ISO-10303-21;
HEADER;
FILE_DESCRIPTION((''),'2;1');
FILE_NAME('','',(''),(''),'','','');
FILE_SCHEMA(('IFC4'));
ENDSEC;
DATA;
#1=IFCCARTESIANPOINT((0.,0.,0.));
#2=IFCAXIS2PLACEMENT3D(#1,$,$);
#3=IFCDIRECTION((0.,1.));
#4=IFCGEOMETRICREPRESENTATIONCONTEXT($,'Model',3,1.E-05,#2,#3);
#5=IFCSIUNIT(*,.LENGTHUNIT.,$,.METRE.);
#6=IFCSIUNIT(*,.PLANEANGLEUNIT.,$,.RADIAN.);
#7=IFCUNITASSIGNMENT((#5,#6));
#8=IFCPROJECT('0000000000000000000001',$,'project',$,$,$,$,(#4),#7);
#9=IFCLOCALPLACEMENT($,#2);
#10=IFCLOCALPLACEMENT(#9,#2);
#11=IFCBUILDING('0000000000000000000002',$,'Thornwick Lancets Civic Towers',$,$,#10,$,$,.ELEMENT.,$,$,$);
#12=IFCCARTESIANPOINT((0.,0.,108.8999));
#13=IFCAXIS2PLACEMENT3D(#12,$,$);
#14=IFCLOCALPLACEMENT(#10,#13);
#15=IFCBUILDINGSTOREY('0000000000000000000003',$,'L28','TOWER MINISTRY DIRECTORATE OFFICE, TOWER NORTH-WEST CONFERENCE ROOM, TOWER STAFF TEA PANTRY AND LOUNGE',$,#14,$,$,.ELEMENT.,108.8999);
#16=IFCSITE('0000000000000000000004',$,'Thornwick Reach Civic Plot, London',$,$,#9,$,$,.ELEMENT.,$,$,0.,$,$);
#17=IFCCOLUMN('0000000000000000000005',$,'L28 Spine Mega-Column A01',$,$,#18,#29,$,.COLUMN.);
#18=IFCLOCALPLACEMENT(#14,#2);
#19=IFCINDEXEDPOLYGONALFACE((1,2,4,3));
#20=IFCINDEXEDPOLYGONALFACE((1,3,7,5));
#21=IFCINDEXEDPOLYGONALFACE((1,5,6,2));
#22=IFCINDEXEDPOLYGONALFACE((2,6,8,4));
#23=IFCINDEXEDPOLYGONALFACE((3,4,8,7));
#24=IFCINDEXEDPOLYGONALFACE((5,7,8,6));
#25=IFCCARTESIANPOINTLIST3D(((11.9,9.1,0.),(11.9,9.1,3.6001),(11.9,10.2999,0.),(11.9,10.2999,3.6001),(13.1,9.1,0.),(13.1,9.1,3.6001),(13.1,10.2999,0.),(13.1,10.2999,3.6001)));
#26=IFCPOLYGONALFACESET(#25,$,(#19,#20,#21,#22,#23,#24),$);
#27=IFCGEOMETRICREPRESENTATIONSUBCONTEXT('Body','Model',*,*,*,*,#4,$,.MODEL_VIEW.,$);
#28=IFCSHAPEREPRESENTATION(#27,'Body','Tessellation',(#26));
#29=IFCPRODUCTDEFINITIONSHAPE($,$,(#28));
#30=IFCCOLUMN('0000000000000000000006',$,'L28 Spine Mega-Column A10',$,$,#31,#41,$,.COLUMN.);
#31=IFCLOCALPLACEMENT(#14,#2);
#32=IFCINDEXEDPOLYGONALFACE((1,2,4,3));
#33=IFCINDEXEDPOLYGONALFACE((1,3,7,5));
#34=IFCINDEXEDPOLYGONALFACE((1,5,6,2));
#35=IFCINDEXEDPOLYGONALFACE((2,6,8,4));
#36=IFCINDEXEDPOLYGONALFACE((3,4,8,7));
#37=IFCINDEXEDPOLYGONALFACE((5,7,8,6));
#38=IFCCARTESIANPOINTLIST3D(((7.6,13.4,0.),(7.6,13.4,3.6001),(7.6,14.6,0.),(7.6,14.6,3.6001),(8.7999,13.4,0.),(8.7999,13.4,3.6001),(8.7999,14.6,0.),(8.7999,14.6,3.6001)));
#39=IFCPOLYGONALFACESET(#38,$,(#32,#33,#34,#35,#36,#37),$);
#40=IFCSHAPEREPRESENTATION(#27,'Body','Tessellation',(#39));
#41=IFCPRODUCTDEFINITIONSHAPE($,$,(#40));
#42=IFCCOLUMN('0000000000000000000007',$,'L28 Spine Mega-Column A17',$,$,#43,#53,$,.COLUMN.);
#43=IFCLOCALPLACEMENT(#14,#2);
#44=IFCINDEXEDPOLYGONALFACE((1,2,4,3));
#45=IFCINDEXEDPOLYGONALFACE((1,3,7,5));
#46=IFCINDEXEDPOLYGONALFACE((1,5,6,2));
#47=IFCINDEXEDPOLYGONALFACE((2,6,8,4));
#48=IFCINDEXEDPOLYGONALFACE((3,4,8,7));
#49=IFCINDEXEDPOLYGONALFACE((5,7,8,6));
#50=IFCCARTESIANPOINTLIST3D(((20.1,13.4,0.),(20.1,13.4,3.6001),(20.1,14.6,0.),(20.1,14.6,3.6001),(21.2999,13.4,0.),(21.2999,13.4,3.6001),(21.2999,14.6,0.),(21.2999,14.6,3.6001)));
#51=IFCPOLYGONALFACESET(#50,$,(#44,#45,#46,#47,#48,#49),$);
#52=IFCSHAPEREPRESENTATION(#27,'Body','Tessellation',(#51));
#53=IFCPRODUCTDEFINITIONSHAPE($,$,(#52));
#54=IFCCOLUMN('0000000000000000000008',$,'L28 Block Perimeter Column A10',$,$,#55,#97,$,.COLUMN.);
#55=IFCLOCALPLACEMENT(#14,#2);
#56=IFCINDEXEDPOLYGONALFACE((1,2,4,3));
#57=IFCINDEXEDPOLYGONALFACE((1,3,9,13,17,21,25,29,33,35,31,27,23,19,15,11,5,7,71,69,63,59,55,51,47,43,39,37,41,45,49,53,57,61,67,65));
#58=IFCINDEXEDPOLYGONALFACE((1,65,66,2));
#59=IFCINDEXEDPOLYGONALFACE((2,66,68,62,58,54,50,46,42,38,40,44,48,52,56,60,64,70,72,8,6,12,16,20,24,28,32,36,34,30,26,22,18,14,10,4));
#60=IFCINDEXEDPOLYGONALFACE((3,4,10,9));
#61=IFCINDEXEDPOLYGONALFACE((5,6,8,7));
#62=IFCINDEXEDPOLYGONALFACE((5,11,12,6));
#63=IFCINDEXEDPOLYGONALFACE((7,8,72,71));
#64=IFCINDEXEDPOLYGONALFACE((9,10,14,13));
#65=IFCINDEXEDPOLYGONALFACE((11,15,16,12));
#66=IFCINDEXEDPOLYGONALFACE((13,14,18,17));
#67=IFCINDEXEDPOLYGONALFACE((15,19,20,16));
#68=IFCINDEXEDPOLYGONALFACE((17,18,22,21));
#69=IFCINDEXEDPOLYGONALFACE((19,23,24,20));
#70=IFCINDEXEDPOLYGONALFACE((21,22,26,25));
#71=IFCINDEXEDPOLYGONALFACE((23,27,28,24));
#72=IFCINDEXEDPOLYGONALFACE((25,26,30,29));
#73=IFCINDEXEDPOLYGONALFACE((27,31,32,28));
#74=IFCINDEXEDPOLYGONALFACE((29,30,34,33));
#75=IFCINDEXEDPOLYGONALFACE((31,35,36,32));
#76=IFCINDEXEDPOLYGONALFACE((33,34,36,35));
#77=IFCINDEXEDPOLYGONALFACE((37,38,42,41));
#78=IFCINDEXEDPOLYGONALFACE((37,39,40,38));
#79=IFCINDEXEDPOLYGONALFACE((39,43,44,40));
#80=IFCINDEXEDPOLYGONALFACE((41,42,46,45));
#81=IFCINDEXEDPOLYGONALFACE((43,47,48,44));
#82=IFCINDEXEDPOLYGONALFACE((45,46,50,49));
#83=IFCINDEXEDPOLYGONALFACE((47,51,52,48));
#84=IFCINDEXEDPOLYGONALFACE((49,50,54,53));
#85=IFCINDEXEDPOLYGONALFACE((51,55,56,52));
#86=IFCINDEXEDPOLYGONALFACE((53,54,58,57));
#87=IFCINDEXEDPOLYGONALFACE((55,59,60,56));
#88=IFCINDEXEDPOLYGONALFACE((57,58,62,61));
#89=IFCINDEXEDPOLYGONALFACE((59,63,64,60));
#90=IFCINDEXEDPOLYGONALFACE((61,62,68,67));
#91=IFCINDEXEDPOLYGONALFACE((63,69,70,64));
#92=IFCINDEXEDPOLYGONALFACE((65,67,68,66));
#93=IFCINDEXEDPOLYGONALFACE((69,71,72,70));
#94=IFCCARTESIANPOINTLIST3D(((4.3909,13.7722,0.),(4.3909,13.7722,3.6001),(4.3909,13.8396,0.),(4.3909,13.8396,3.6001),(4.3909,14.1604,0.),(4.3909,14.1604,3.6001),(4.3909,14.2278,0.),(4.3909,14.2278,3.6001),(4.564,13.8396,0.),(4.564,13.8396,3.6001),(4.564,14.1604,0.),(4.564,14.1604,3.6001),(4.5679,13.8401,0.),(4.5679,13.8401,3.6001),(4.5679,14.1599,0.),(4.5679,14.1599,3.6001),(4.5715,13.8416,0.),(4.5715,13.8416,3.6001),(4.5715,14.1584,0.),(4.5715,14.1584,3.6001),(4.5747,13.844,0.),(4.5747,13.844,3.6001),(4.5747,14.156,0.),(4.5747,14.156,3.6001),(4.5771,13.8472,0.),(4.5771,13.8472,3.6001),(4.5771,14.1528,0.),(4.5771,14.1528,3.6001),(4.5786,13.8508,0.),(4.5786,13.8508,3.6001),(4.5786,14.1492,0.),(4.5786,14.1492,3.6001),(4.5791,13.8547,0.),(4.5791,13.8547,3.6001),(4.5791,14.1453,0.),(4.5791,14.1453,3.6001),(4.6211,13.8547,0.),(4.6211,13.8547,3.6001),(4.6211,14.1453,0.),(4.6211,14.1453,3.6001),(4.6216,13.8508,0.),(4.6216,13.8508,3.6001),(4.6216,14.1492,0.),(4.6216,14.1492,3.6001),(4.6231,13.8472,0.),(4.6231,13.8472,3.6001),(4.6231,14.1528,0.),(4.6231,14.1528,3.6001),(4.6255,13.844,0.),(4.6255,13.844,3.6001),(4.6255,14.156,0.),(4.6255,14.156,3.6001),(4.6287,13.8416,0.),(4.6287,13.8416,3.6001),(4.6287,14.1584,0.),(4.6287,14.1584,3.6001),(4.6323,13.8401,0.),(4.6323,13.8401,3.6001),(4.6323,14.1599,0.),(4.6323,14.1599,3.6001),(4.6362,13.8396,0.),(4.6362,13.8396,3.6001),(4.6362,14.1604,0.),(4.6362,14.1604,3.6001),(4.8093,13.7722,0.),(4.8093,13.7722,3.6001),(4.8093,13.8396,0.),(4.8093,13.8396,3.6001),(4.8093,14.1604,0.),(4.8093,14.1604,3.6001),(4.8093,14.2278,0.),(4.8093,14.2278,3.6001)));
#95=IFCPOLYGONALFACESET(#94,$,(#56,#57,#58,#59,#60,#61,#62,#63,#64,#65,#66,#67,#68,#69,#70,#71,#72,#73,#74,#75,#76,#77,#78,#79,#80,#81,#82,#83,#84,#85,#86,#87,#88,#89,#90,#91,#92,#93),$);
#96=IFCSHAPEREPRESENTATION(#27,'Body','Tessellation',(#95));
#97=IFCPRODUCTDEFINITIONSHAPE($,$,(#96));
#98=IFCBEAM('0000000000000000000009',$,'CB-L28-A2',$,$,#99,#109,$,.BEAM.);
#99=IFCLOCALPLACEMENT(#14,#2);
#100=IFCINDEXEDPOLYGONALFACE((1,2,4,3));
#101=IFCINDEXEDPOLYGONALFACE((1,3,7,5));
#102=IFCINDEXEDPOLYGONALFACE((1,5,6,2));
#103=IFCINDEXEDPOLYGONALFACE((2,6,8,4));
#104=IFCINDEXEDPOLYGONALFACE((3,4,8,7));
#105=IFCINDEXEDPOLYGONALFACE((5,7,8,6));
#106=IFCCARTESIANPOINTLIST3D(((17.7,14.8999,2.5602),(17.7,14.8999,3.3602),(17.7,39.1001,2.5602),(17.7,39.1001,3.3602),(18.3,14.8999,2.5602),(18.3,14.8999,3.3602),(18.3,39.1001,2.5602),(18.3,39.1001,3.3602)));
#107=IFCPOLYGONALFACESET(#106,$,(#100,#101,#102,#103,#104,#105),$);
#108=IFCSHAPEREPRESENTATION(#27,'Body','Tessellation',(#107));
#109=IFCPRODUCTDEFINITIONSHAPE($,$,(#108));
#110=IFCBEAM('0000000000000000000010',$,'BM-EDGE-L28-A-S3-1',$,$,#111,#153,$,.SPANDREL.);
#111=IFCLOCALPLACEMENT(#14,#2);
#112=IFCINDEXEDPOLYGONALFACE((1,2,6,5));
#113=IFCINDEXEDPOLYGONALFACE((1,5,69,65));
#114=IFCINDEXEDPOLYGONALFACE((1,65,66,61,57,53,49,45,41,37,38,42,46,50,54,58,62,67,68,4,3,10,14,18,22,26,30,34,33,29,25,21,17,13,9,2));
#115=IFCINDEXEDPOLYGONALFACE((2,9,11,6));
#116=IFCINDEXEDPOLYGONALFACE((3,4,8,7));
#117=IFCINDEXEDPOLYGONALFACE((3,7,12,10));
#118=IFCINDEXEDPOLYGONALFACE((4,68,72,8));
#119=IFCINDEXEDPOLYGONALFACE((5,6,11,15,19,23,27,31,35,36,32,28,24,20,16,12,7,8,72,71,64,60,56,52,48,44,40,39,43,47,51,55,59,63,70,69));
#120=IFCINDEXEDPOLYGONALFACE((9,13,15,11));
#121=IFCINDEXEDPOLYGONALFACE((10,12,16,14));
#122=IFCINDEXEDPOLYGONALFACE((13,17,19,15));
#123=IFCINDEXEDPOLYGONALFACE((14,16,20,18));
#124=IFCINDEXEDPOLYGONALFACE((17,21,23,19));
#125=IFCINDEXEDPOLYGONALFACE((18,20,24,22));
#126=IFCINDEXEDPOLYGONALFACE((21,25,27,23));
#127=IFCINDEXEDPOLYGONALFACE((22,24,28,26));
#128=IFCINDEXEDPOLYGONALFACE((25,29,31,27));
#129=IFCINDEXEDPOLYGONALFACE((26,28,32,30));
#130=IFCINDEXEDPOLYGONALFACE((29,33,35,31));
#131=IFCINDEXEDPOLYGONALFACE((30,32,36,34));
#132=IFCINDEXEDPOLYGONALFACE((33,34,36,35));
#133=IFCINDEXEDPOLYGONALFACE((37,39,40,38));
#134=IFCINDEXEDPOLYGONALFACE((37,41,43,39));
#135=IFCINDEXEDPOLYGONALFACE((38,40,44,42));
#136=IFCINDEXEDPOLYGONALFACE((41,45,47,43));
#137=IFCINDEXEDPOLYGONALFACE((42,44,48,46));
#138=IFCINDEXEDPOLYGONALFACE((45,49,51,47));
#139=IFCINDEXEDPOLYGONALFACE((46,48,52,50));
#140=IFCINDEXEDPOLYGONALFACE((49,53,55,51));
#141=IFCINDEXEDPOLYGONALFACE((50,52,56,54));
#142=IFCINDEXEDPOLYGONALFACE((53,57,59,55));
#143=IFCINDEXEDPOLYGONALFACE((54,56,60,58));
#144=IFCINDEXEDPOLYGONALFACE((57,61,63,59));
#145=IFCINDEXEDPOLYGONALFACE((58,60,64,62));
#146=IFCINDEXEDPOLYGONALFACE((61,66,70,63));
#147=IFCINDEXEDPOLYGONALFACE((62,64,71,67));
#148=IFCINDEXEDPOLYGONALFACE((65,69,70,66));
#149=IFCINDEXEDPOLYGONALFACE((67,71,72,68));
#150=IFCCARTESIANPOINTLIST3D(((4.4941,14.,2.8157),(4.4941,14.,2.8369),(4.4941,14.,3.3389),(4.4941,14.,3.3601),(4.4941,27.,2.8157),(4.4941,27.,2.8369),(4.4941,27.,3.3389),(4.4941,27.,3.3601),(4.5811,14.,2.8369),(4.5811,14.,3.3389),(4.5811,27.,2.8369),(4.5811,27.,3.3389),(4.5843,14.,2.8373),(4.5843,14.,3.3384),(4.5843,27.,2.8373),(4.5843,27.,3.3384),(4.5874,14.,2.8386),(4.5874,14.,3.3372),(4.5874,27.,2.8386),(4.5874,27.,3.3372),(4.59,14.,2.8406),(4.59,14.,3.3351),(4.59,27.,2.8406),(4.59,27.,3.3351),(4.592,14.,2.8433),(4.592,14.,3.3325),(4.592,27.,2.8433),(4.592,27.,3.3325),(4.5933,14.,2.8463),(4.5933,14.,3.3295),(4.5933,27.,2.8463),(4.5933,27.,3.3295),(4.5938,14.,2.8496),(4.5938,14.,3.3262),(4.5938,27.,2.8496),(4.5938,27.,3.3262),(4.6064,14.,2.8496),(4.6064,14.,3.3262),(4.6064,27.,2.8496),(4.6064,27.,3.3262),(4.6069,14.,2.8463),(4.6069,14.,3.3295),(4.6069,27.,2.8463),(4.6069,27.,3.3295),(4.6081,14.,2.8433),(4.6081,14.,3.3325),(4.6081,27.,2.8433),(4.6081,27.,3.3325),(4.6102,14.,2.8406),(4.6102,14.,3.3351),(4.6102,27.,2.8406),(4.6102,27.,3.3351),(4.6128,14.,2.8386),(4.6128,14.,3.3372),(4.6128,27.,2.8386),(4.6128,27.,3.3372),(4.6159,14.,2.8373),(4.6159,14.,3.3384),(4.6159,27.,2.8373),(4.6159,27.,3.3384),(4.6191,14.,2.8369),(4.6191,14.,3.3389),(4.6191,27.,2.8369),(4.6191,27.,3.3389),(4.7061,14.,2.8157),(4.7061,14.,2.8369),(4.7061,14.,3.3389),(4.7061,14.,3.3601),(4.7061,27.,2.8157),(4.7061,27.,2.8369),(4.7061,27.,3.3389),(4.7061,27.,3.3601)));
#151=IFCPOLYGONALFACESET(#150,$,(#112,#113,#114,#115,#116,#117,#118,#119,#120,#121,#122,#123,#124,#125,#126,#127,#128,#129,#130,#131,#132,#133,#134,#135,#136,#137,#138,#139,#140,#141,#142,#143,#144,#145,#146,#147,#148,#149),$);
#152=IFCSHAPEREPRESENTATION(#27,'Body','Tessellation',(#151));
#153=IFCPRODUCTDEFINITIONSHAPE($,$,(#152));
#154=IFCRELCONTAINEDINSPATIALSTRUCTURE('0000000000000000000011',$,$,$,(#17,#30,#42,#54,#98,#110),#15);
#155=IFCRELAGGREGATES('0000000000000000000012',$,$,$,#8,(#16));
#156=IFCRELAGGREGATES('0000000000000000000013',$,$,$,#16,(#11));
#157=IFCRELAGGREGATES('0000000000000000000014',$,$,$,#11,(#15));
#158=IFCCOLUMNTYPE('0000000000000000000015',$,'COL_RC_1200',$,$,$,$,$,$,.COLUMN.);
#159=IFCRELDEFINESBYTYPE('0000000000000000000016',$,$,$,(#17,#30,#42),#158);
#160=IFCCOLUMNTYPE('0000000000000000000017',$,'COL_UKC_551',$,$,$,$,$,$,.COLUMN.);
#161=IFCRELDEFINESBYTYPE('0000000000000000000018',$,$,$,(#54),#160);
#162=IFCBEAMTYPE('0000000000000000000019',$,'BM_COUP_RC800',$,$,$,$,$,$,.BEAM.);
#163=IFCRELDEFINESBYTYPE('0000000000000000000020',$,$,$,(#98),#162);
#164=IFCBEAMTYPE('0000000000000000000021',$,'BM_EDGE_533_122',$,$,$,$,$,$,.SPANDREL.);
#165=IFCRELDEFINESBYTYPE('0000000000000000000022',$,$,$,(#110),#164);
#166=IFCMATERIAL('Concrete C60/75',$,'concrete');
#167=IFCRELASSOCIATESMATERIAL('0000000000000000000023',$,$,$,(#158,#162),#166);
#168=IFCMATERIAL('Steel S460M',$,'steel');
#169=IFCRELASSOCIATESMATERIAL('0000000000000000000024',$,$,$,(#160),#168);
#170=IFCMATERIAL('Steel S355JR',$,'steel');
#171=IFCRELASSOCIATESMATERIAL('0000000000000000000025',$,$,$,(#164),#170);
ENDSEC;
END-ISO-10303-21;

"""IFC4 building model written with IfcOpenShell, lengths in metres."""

from ifc_helpers import new_model, si_unit, direction, frame, origin, origin_2d, place, context, subcontext, project, spatial, rectangle, i_section, extrude, material, material_profile, profile_set, type_object, element, save


model = new_model("IFC4")

# Units and contexts
model_context = context("Model", 3, precision=1e-05, world=origin(), true_north=direction((0.0, 1.0)))
body_context = subcontext(model_context, "Body", "Model", "MODEL_VIEW")
ifc_project = project(units=[si_unit("LENGTHUNIT", "METRE"), si_unit("PLANEANGLEUNIT", "RADIAN")], contexts=[model_context])

# Site, building, storey
site_placement = place(None, origin())
site = spatial("IfcSite", under=ifc_project, at=site_placement, Name="Thornwick Reach Civic Plot, London", CompositionType="ELEMENT", RefElevation=0.0)
building_placement = place(site_placement, origin())
building = spatial("IfcBuilding", under=site, at=building_placement, Name="Thornwick Lancets Civic Towers", CompositionType="ELEMENT")
storey_placement = place(building_placement, frame((0.0, 0.0, 108.8999)))
storey = spatial("IfcBuildingStorey", under=building, at=storey_placement, Name="L28", Description="TOWER MINISTRY DIRECTORATE OFFICE, TOWER NORTH-WEST CONFERENCE ROOM, TOWER STAFF TEA PANTRY AND LOUNGE", CompositionType="ELEMENT", Elevation=108.8999)

# Columns
ifc_material_1 = material(Name="Concrete C60/75", Category="concrete")
ifc_material_profile_1 = material_profile(ifc_material_1, rectangle(XDim=1.2, YDim=1.2, at=origin_2d()), Name="RC 1200x1200")
ifc_profile_set_1 = profile_set([ifc_material_profile_1], Name="Concrete C60/75")
column_type_1 = type_object("IfcColumnType", Name="COL_RC_1200", PredefinedType="COLUMN", material=ifc_profile_set_1)
for number, where, z_axis, x_axis, name in (
    (1, (12.5, 9.7, 0.0), (0.0, 0.0, 1.0), (1.0, 0.0, 0.0), "L28 Spine Mega-Column A01"),
    (2, (8.2, 14.0, 0.0), (0.0, 0.0, 1.0), (1.0, 0.0, 0.0), "L28 Spine Mega-Column A10"),
    (3, (20.7, 14.0, 0.0), (0.0, 0.0, 1.0), (1.0, 0.0, 0.0), "L28 Spine Mega-Column A17"),
):
    element("IfcColumn", number, at=place(storey_placement, frame(where, z_axis=z_axis, x_axis=x_axis)), inside=storey, type_object=column_type_1, Name=name, PredefinedType="COLUMN", context=body_context, shape_type="SweptSolid", body=[
        extrude(rectangle(XDim=1.2, YDim=1.2, at=origin_2d()), origin(), (0.0, 0.0, 1.0), 3.6001),
    ])
ifc_material_2 = material(Name="Steel S460M", Category="steel")
ifc_material_profile_2 = material_profile(ifc_material_2, i_section(OverallWidth=0.4185, OverallDepth=0.4556, WebThickness=0.042, FlangeThickness=0.0674, FilletRadius=0.0151, at=origin_2d()), Name="UKC 356x406x551")
ifc_profile_set_2 = profile_set([ifc_material_profile_2], Name="Steel S460M")
column_type_2 = type_object("IfcColumnType", Name="COL_UKC_551", PredefinedType="COLUMN", material=ifc_profile_set_2)
column_placement = place(storey_placement, frame((4.6001, 14.0, 0.0), z_axis=(0.0, 0.0, 1.0), x_axis=(1.0, 0.0, 0.0)))
element("IfcColumn", 4, at=column_placement, inside=storey, type_object=column_type_2, Name="L28 Block Perimeter Column A10", PredefinedType="COLUMN", context=body_context, shape_type="SweptSolid", body=[
    extrude(i_section(OverallWidth=0.4185, OverallDepth=0.4556, WebThickness=0.042, FlangeThickness=0.0674, FilletRadius=0.0151, at=origin_2d()), origin(), (0.0, 0.0, 1.0), 3.6001),
])

# Beams
ifc_material_profile_3 = material_profile(ifc_material_1, rectangle(XDim=0.6001, YDim=0.8, at=origin_2d()), Name="RC 600x800")
ifc_profile_set_3 = profile_set([ifc_material_profile_3], Name="Concrete C60/75")
beam_type_1 = type_object("IfcBeamType", Name="BM_COUP_RC800", PredefinedType="BEAM", material=ifc_profile_set_3)
beam_1_placement = place(storey_placement, frame((18.0, 14.8999, 2.9602), z_axis=(0.0, 1.0, 0.0), x_axis=(-1.0, 0.0, 0.0)))
element("IfcBeam", 5, at=beam_1_placement, inside=storey, type_object=beam_type_1, Name="CB-L28-A2", PredefinedType="BEAM", context=body_context, shape_type="SweptSolid", body=[
    extrude(rectangle(XDim=0.6001, YDim=0.8, at=origin_2d()), origin(), (0.0, 0.0, 1.0), 24.2002),
])
ifc_material_3 = material(Name="Steel S355JR", Category="steel")
ifc_material_profile_4 = material_profile(ifc_material_3, i_section(OverallWidth=0.2119, OverallDepth=0.5444, WebThickness=0.0127, FlangeThickness=0.0212, FilletRadius=0.0127, at=origin_2d()), Name="UKB 533x210x122")
ifc_profile_set_4 = profile_set([ifc_material_profile_4], Name="Steel S355JR")
beam_type_2 = type_object("IfcBeamType", Name="BM_EDGE_533_122", PredefinedType="SPANDREL", material=ifc_profile_set_4)
beam_2_placement = place(storey_placement, frame((4.6001, 14.0, 3.0879), z_axis=(0.0, 1.0, 0.0), x_axis=(-1.0, 0.0, 0.0)))
element("IfcBeam", 6, at=beam_2_placement, inside=storey, type_object=beam_type_2, Name="BM-EDGE-L28-A-S3-1", PredefinedType="SPANDREL", context=body_context, shape_type="SweptSolid", body=[
    extrude(i_section(OverallWidth=0.2119, OverallDepth=0.5444, WebThickness=0.0127, FlangeThickness=0.0212, FilletRadius=0.0127, at=origin_2d()), origin(), (0.0, 0.0, 1.0), 13.0),
])

save(model, "model.ifc")
